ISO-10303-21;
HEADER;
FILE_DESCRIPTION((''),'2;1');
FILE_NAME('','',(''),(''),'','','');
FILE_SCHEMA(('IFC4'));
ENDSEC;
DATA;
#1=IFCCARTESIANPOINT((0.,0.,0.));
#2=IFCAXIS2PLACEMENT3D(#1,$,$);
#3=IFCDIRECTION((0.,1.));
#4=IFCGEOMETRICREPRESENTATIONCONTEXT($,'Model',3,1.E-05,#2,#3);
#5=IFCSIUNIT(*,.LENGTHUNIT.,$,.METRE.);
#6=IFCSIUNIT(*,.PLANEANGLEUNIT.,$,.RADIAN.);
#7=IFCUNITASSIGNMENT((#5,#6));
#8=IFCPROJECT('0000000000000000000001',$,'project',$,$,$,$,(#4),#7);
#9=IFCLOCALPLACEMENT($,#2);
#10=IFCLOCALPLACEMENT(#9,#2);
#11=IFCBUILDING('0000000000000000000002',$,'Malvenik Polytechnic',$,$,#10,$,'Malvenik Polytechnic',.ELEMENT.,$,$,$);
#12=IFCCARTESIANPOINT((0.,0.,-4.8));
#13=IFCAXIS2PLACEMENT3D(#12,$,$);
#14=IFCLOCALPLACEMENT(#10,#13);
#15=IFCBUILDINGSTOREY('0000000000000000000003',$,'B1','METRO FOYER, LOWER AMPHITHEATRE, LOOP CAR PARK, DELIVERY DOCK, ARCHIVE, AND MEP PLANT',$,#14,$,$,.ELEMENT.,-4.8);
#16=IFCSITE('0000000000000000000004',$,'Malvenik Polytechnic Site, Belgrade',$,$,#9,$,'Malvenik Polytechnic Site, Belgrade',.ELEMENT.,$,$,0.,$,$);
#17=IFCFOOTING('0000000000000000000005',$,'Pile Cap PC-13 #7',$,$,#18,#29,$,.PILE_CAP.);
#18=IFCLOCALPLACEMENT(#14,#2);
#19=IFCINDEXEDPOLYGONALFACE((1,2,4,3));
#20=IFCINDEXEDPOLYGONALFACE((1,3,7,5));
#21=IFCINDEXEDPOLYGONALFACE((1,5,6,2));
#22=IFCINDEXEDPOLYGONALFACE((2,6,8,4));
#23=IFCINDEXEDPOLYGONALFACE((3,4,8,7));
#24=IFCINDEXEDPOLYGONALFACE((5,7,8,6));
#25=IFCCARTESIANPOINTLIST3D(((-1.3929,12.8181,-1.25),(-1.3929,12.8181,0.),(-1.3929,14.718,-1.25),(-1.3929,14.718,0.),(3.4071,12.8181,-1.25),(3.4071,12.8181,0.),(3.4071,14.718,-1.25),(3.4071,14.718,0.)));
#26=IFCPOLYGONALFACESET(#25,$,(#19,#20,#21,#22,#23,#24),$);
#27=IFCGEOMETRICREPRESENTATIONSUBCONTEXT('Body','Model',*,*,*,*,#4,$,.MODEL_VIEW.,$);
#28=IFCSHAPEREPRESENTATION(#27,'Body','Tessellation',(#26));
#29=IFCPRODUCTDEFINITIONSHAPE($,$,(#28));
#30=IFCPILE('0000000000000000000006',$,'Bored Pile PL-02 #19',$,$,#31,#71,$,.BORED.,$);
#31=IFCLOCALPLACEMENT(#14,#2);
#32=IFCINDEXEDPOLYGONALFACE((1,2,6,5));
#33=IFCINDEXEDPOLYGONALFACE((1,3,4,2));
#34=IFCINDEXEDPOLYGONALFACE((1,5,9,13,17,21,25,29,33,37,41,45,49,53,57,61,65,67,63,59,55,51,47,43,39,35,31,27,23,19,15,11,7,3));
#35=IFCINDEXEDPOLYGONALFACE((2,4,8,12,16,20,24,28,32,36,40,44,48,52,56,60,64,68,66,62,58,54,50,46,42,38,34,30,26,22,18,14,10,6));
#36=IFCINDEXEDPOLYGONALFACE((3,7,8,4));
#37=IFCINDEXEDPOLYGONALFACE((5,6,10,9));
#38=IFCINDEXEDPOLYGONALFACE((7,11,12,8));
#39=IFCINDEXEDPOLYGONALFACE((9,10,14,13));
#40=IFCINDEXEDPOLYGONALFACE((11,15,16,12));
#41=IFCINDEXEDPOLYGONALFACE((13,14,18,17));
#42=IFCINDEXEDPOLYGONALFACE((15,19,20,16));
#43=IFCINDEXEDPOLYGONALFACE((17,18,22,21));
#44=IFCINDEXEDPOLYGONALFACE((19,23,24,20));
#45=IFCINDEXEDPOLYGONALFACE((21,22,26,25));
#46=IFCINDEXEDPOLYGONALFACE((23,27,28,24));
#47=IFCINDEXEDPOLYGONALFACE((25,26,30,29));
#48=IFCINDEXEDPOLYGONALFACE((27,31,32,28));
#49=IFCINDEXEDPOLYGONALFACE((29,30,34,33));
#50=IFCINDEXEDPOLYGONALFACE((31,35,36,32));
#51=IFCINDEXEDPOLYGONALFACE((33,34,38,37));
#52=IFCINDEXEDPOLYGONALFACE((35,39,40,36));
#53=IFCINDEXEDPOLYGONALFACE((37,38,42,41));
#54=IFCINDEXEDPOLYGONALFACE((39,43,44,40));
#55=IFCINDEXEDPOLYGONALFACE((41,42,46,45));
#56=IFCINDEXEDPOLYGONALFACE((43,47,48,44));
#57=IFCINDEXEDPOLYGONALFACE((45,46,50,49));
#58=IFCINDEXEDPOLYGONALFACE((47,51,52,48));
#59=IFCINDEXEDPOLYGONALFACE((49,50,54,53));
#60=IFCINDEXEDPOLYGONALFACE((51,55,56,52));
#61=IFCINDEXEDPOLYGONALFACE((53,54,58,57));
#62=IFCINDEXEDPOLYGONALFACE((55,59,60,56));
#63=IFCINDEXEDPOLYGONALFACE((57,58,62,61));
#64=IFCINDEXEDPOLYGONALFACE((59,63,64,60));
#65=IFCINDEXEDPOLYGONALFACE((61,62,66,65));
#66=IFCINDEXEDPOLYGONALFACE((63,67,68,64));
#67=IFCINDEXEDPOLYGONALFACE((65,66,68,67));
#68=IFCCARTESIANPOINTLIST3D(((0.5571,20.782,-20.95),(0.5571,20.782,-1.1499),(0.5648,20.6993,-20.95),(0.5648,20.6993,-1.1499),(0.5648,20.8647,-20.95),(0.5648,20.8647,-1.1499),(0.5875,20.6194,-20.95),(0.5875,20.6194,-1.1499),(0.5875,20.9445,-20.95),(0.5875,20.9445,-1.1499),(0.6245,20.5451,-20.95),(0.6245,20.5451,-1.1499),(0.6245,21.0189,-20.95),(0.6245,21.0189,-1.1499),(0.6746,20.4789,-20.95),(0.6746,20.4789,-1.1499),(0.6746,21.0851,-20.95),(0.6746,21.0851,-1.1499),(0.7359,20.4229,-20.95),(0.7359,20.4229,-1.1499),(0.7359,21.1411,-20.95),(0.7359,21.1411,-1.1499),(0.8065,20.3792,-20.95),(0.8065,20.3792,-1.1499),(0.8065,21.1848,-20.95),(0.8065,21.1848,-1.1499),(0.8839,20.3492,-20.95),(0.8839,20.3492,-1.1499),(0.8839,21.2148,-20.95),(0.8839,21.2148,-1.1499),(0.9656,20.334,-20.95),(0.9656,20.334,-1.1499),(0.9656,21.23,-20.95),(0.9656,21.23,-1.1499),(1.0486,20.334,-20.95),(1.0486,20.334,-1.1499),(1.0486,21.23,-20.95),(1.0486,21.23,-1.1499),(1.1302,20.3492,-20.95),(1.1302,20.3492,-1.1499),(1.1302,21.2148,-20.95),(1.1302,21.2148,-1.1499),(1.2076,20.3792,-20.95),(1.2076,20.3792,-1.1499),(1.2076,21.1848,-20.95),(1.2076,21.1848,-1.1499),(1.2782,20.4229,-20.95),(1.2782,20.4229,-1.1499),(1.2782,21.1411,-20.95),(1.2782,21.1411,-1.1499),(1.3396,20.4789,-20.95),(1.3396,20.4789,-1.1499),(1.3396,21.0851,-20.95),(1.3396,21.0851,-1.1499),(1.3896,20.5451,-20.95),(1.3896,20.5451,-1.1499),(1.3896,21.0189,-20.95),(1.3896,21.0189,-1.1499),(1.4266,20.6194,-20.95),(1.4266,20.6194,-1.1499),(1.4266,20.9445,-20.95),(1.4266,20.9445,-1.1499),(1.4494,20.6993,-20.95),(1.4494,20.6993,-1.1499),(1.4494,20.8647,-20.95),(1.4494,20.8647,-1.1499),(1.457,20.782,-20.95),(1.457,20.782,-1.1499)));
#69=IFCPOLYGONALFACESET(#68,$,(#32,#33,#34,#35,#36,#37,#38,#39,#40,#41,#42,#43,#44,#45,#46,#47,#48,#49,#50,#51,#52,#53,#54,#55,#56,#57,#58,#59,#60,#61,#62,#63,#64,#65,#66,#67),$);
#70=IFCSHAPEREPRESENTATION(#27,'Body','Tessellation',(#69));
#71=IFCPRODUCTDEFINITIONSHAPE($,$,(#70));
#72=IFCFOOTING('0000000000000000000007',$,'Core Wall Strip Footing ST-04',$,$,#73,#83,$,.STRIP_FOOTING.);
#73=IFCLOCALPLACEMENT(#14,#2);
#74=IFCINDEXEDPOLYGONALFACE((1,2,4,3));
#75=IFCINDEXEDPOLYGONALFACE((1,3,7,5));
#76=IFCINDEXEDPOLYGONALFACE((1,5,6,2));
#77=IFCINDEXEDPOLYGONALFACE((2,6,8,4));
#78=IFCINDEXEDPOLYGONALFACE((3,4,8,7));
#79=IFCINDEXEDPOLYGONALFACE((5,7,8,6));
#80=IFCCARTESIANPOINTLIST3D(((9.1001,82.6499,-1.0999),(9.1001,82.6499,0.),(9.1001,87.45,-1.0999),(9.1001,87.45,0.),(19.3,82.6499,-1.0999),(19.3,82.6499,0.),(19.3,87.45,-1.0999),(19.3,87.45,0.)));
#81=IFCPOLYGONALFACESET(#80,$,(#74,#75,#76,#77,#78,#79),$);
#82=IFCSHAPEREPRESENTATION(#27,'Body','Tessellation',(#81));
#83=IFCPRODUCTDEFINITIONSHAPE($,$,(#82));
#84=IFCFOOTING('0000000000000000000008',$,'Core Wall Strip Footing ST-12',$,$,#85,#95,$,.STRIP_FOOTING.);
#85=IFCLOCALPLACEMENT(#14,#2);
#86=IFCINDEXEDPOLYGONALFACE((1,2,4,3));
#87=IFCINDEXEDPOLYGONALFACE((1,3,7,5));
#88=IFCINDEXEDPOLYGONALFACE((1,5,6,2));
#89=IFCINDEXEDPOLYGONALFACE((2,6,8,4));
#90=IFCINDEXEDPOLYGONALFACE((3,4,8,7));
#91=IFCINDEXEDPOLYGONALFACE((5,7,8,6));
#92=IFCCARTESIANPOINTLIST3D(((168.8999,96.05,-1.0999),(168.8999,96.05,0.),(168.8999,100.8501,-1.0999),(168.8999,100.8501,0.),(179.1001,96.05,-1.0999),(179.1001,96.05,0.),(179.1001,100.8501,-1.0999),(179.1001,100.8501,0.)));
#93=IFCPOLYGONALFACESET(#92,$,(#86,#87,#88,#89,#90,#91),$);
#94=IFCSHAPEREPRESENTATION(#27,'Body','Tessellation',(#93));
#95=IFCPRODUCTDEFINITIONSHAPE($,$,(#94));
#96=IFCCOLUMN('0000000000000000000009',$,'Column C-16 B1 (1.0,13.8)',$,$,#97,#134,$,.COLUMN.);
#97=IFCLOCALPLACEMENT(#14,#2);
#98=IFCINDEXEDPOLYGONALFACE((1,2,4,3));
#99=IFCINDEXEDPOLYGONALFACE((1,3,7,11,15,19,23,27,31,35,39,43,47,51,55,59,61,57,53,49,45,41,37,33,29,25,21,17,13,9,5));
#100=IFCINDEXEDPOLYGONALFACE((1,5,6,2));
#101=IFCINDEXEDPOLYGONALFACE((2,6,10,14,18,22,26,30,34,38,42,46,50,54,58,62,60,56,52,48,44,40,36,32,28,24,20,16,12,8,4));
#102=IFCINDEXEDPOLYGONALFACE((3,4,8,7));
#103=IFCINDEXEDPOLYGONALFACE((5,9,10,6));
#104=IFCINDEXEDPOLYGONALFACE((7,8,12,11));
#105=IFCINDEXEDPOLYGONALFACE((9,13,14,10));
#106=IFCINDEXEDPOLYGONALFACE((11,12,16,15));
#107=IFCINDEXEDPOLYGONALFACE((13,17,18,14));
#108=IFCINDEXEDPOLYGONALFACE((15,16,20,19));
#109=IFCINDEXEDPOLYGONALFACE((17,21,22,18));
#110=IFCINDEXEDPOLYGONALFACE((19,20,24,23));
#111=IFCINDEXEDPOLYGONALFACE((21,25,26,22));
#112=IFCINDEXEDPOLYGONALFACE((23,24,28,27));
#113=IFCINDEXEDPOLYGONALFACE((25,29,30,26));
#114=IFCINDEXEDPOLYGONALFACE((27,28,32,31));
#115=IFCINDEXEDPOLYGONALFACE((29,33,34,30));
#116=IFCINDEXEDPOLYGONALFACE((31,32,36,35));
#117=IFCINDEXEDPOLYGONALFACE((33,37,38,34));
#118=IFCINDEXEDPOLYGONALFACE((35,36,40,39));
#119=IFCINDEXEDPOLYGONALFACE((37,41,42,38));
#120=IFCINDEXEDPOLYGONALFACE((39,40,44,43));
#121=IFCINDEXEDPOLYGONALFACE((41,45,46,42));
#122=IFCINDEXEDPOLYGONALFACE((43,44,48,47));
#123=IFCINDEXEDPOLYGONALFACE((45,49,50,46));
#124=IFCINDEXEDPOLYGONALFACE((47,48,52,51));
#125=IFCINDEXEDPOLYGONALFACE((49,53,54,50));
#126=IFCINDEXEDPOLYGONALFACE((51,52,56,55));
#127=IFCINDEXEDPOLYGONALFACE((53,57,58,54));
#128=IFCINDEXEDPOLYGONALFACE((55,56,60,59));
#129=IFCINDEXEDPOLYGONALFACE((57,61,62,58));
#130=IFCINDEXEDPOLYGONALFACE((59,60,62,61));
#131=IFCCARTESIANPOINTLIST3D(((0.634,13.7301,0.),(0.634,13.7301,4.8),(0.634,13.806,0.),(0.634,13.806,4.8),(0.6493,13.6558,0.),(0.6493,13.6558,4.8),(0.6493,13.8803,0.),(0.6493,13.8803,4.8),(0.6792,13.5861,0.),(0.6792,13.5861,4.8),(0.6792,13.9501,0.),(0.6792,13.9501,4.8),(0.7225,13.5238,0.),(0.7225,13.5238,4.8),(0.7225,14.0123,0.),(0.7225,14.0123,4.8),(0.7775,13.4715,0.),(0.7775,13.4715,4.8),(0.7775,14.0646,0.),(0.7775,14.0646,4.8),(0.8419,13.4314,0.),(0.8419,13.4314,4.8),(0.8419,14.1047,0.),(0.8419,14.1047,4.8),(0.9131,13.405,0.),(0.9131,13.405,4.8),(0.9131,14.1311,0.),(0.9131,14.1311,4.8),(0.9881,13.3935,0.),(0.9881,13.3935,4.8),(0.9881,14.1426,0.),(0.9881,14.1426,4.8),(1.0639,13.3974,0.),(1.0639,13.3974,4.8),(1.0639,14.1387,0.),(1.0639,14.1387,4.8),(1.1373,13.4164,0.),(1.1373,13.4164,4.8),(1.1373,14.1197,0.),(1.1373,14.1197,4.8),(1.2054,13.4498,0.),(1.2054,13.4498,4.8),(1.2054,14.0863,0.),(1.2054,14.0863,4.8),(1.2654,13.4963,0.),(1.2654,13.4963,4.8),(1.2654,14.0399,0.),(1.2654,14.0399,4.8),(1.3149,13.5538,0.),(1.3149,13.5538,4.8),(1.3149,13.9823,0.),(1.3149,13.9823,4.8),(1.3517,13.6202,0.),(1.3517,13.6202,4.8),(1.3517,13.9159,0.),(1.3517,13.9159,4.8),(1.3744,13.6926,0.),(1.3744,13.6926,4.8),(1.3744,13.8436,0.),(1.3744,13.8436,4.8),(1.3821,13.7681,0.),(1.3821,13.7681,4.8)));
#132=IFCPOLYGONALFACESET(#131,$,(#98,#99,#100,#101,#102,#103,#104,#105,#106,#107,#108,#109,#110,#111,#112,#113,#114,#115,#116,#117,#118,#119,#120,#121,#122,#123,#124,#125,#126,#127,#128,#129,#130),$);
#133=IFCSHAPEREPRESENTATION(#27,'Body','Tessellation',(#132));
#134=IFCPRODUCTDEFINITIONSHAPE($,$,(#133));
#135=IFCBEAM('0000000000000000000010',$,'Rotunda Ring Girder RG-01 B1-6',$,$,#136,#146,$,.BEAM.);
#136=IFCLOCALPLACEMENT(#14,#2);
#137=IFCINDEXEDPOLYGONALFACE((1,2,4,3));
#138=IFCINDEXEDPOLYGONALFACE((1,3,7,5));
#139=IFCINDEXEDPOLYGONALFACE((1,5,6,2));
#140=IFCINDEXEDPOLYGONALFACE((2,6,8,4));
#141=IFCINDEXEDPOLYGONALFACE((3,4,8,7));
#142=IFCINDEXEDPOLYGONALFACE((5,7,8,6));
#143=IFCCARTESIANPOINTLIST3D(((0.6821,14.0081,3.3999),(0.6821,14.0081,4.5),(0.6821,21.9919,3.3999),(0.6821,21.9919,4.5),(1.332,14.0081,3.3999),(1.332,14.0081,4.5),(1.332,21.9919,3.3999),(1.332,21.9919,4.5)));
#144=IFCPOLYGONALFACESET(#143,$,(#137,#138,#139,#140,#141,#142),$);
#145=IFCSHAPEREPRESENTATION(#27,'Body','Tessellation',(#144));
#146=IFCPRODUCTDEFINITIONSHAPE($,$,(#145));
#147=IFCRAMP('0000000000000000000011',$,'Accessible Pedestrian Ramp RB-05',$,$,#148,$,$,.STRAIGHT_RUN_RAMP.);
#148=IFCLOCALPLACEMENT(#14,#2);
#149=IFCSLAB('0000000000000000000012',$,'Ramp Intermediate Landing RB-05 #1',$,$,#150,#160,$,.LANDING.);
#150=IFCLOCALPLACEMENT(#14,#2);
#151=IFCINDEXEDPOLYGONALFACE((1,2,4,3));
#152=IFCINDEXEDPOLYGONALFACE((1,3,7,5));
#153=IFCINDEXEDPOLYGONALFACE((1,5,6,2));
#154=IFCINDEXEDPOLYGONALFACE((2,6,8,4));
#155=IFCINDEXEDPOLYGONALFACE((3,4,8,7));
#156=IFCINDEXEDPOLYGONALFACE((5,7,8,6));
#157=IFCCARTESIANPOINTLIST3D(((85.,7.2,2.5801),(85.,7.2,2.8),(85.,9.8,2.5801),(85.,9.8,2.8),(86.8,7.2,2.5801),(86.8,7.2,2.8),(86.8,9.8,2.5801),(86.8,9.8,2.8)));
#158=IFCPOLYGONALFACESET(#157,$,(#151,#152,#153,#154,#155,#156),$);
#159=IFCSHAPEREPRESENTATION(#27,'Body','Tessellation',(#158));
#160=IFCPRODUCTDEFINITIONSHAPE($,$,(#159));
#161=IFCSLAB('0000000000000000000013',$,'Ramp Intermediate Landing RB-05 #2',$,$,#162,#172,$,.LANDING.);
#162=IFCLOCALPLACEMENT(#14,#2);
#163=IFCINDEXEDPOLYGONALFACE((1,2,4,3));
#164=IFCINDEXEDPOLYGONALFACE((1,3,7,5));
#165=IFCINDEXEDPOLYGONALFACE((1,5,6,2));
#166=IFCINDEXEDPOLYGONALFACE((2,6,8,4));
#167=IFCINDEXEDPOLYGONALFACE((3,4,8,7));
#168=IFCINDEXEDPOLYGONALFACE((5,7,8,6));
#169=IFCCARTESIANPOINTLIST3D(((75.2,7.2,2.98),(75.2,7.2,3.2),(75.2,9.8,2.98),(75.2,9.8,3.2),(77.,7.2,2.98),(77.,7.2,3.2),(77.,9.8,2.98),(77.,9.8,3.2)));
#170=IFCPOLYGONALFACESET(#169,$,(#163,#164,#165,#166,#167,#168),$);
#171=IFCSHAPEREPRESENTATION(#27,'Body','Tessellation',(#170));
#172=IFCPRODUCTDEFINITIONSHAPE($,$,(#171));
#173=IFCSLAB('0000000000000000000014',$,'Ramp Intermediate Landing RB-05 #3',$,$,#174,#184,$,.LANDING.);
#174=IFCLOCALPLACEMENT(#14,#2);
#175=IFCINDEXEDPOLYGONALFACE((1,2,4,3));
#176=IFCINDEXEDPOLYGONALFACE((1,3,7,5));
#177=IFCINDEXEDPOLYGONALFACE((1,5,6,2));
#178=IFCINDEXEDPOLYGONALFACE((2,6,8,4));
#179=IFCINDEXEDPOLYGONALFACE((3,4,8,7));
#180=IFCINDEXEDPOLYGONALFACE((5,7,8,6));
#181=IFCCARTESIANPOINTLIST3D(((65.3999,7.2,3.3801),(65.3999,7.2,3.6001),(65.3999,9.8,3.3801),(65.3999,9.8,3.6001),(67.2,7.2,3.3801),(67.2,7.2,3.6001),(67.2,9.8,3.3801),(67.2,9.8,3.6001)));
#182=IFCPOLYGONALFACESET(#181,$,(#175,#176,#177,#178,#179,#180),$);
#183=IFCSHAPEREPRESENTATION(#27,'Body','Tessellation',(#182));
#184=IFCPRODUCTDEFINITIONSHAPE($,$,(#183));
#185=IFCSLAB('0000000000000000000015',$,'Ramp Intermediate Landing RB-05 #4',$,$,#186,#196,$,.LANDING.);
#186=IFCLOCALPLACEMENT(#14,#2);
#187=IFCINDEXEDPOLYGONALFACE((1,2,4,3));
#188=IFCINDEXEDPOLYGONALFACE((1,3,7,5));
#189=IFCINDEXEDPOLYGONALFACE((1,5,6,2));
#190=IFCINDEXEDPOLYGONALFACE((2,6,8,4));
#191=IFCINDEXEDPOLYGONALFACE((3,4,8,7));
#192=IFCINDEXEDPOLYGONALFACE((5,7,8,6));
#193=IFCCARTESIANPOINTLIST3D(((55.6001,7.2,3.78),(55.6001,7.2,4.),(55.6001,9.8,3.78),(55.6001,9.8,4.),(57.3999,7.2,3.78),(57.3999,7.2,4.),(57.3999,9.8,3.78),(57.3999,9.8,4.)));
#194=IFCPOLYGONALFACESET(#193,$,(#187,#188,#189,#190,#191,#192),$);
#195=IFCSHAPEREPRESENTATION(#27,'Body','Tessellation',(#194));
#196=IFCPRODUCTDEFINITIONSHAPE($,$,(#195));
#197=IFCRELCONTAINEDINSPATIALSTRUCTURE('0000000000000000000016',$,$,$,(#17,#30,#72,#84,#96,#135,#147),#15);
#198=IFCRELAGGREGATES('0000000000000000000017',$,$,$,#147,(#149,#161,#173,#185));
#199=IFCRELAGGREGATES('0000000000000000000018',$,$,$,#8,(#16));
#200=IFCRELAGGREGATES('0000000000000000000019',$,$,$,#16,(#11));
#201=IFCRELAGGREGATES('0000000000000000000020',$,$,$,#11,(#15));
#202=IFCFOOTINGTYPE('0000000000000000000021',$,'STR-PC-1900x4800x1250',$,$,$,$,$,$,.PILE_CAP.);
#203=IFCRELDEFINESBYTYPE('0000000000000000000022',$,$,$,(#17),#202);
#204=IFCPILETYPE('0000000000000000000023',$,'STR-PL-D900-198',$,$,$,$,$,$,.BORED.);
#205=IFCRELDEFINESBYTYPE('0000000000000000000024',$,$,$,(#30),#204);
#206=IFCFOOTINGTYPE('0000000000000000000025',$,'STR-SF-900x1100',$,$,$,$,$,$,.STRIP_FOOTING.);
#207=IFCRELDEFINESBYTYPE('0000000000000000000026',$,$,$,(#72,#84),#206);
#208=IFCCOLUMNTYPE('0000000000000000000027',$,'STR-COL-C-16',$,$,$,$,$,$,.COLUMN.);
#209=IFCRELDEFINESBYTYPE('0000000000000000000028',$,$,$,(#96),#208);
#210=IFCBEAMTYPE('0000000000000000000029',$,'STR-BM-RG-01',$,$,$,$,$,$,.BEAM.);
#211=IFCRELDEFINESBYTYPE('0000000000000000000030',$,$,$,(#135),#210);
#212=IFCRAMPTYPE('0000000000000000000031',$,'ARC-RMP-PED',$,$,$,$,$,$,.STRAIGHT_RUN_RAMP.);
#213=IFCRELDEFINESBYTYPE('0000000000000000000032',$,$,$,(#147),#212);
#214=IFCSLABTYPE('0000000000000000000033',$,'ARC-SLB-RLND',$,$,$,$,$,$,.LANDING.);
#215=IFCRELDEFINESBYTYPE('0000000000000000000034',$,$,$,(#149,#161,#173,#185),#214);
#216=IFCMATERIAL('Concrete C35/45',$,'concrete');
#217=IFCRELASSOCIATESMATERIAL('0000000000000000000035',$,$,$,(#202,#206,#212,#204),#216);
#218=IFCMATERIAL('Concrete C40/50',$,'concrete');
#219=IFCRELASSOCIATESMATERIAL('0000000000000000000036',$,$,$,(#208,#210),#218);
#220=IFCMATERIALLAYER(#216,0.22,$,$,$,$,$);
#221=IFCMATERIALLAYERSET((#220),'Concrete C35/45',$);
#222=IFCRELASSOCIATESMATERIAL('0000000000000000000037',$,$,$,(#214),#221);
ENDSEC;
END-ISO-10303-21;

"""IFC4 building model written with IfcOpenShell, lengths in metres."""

from ifc_helpers import new_model, si_unit, direction, frame, origin, origin_2d, place, context, subcontext, project, spatial, polyline, rectangle, circle, outline, extrude, material, layer, layer_set, material_profile, profile_set, type_object, element, aggregate, save


model = new_model("IFC4")

# Units and contexts
model_context = context("Model", 3, precision=1e-05, world=origin(), true_north=direction((0.0, 1.0)))
body_context = subcontext(model_context, "Body", "Model", "MODEL_VIEW")
ifc_project = project(units=[si_unit("LENGTHUNIT", "METRE"), si_unit("PLANEANGLEUNIT", "RADIAN")], contexts=[model_context])

# Site, building, storey
site_placement = place(None, origin())
site = spatial("IfcSite", under=ifc_project, at=site_placement, Name="Malvenik Polytechnic Site, Belgrade", LongName="Malvenik Polytechnic Site, Belgrade", CompositionType="ELEMENT", RefElevation=0.0)
building_placement = place(site_placement, origin())
building = spatial("IfcBuilding", under=site, at=building_placement, Name="Malvenik Polytechnic", LongName="Malvenik Polytechnic", CompositionType="ELEMENT")
storey_placement = place(building_placement, frame((0.0, 0.0, -4.8)))
storey = spatial("IfcBuildingStorey", under=building, at=storey_placement, Name="B1", Description="METRO FOYER, LOWER AMPHITHEATRE, LOOP CAR PARK, DELIVERY DOCK, ARCHIVE, AND MEP PLANT", CompositionType="ELEMENT", Elevation=-4.8)

# Footing
ifc_material_1 = material(Name="Concrete C35/45", Category="concrete")
footing_type_1 = type_object("IfcFootingType", Name="STR-PC-1900x4800x1250", PredefinedType="PILE_CAP", material=ifc_material_1)
footing_1_placement = place(storey_placement, frame((1.0071, 13.7681, -1.25), z_axis=(0.0, 0.0, 1.0), x_axis=(1.0, 0.0, 0.0)))
element("IfcFooting", 1, at=footing_1_placement, inside=storey, type_object=footing_type_1, Name="Pile Cap PC-13 #7", PredefinedType="PILE_CAP", context=body_context, shape_type="SweptSolid", body=[
    extrude(rectangle(XDim=4.8, YDim=1.8999, at=origin_2d()), origin(), (0.0, 0.0, 1.0), 1.25),
])

# Pile
ifc_material_profile_1 = material_profile(ifc_material_1, circle(Radius=0.45, at=origin_2d()), Name="BORED PILE D900")
ifc_profile_set_1 = profile_set([ifc_material_profile_1], Name="Concrete C35/45")
pile_type = type_object("IfcPileType", Name="STR-PL-D900-198", PredefinedType="BORED", material=ifc_profile_set_1)
pile_placement = place(storey_placement, frame((1.0071, 20.782, -1.1499), z_axis=(0.0, 0.0, -1.0), x_axis=(1.0, 0.0, 0.0)))
element("IfcPile", 2, at=pile_placement, inside=storey, type_object=pile_type, Name="Bored Pile PL-02 #19", PredefinedType="BORED", context=body_context, shape_type="SweptSolid", body=[
    extrude(circle(Radius=0.45, at=origin_2d()), origin(), (0.0, 0.0, 1.0), 19.8),
])

# Footings
footing_type_2 = type_object("IfcFootingType", Name="STR-SF-900x1100", PredefinedType="STRIP_FOOTING", material=ifc_material_1)
footing_2_placement = place(storey_placement, frame((0.0, 0.0, -1.0999)))
element("IfcFooting", 3, at=footing_2_placement, inside=storey, type_object=footing_type_2, Name="Core Wall Strip Footing ST-04", PredefinedType="STRIP_FOOTING", context=body_context, shape_type="SweptSolid", body=[
    extrude(outline(polyline([(9.1001, 82.6499), (19.3, 82.6499), (19.3, 87.45), (9.1001, 87.45), (9.1001, 82.6499)])), origin(), (0.0, 0.0, 1.0), 1.0999),
])
footing_3_placement = place(storey_placement, frame((0.0, 0.0, -1.0999)))
element("IfcFooting", 4, at=footing_3_placement, inside=storey, type_object=footing_type_2, Name="Core Wall Strip Footing ST-12", PredefinedType="STRIP_FOOTING", context=body_context, shape_type="SweptSolid", body=[
    extrude(outline(polyline([(168.8999, 96.05), (179.1001, 96.05), (179.1001, 100.8501), (168.8999, 100.8501), (168.8999, 96.05)])), origin(), (0.0, 0.0, 1.0), 1.0999),
])

# Column
ifc_material_2 = material(Name="Concrete C40/50", Category="concrete")
ifc_material_profile_2 = material_profile(ifc_material_2, circle(Radius=0.375, at=origin_2d()), Name="RC COL D750")
ifc_profile_set_2 = profile_set([ifc_material_profile_2], Name="Concrete C40/50")
column_type = type_object("IfcColumnType", Name="STR-COL-C-16", PredefinedType="COLUMN", material=ifc_profile_set_2)
column_placement = place(storey_placement, frame((1.0071, 13.7681, 0.0), z_axis=(0.0, 0.0, 1.0), x_axis=(1.0, 0.0, 0.0)))
element("IfcColumn", 5, at=column_placement, inside=storey, type_object=column_type, Name="Column C-16 B1 (1.0,13.8)", PredefinedType="COLUMN", context=body_context, shape_type="SweptSolid", body=[
    extrude(circle(Radius=0.375, at=origin_2d()), origin(), (0.0, 0.0, 1.0), 4.8),
])

# Beam
ifc_material_profile_3 = material_profile(ifc_material_2, rectangle(XDim=0.6499, YDim=1.1001, at=origin_2d()), Name="RC RG 650x1100")
ifc_profile_set_3 = profile_set([ifc_material_profile_3], Name="Concrete C40/50")
beam_type = type_object("IfcBeamType", Name="STR-BM-RG-01", PredefinedType="BEAM", material=ifc_profile_set_3)
beam_placement = place(storey_placement, frame((1.0071, 21.9919, 3.95), z_axis=(0.0, -1.0, 0.0), x_axis=(1.0, 0.0, 0.0)))
element("IfcBeam", 6, at=beam_placement, inside=storey, type_object=beam_type, Name="Rotunda Ring Girder RG-01 B1-6", PredefinedType="BEAM", context=body_context, shape_type="SweptSolid", body=[
    extrude(rectangle(XDim=0.6499, YDim=1.1001, at=origin_2d()), origin(), (0.0, 0.0, 1.0), 7.9839),
])

# Ramp, slabs
ramp_type = type_object("IfcRampType", Name="ARC-RMP-PED", PredefinedType="STRAIGHT_RUN_RAMP", material=ifc_material_1)
ramp_placement = place(storey_placement, origin())
ramp = element("IfcRamp", 7, at=ramp_placement, inside=storey, type_object=ramp_type, Name="Accessible Pedestrian Ramp RB-05", PredefinedType="STRAIGHT_RUN_RAMP")
ifc_layer_1 = layer(ifc_material_1, 0.22)
ifc_layer_set_1 = layer_set([ifc_layer_1], Name="Concrete C35/45")
slab_type_1 = type_object("IfcSlabType", Name="ARC-SLB-RLND", PredefinedType="LANDING", material=ifc_layer_set_1)
slab_1_placement = place(storey_placement, frame((0.0, 0.0, 2.5801)))
slab_1 = element("IfcSlab", 8, at=slab_1_placement, type_object=slab_type_1, Name="Ramp Intermediate Landing RB-05 #1", PredefinedType="LANDING", context=body_context, shape_type="SweptSolid", body=[
    extrude(outline(polyline([(85.0, 7.2), (86.8, 7.2), (86.8, 9.8), (85.0, 9.8), (85.0, 7.2)])), origin(), (0.0, 0.0, 1.0), 0.22),
])
slab_2_placement = place(storey_placement, frame((0.0, 0.0, 2.98)))
slab_2 = element("IfcSlab", 9, at=slab_2_placement, type_object=slab_type_1, Name="Ramp Intermediate Landing RB-05 #2", PredefinedType="LANDING", context=body_context, shape_type="SweptSolid", body=[
    extrude(outline(polyline([(75.2, 7.2), (77.0, 7.2), (77.0, 9.8), (75.2, 9.8), (75.2, 7.2)])), origin(), (0.0, 0.0, 1.0), 0.22),
])
slab_3_placement = place(storey_placement, frame((0.0, 0.0, 3.3801)))
slab_3 = element("IfcSlab", 10, at=slab_3_placement, type_object=slab_type_1, Name="Ramp Intermediate Landing RB-05 #3", PredefinedType="LANDING", context=body_context, shape_type="SweptSolid", body=[
    extrude(outline(polyline([(65.3999, 7.2), (67.2, 7.2), (67.2, 9.8), (65.3999, 9.8), (65.3999, 7.2)])), origin(), (0.0, 0.0, 1.0), 0.22),
])
slab_4_placement = place(storey_placement, frame((0.0, 0.0, 3.78)))
slab_4 = element("IfcSlab", 11, at=slab_4_placement, type_object=slab_type_1, Name="Ramp Intermediate Landing RB-05 #4", PredefinedType="LANDING", context=body_context, shape_type="SweptSolid", body=[
    extrude(outline(polyline([(55.6001, 7.2), (57.3999, 7.2), (57.3999, 9.8), (55.6001, 9.8), (55.6001, 7.2)])), origin(), (0.0, 0.0, 1.0), 0.22),
])
aggregate(ramp, [slab_1, slab_2, slab_3, slab_4])

save(model, "model.ifc")
